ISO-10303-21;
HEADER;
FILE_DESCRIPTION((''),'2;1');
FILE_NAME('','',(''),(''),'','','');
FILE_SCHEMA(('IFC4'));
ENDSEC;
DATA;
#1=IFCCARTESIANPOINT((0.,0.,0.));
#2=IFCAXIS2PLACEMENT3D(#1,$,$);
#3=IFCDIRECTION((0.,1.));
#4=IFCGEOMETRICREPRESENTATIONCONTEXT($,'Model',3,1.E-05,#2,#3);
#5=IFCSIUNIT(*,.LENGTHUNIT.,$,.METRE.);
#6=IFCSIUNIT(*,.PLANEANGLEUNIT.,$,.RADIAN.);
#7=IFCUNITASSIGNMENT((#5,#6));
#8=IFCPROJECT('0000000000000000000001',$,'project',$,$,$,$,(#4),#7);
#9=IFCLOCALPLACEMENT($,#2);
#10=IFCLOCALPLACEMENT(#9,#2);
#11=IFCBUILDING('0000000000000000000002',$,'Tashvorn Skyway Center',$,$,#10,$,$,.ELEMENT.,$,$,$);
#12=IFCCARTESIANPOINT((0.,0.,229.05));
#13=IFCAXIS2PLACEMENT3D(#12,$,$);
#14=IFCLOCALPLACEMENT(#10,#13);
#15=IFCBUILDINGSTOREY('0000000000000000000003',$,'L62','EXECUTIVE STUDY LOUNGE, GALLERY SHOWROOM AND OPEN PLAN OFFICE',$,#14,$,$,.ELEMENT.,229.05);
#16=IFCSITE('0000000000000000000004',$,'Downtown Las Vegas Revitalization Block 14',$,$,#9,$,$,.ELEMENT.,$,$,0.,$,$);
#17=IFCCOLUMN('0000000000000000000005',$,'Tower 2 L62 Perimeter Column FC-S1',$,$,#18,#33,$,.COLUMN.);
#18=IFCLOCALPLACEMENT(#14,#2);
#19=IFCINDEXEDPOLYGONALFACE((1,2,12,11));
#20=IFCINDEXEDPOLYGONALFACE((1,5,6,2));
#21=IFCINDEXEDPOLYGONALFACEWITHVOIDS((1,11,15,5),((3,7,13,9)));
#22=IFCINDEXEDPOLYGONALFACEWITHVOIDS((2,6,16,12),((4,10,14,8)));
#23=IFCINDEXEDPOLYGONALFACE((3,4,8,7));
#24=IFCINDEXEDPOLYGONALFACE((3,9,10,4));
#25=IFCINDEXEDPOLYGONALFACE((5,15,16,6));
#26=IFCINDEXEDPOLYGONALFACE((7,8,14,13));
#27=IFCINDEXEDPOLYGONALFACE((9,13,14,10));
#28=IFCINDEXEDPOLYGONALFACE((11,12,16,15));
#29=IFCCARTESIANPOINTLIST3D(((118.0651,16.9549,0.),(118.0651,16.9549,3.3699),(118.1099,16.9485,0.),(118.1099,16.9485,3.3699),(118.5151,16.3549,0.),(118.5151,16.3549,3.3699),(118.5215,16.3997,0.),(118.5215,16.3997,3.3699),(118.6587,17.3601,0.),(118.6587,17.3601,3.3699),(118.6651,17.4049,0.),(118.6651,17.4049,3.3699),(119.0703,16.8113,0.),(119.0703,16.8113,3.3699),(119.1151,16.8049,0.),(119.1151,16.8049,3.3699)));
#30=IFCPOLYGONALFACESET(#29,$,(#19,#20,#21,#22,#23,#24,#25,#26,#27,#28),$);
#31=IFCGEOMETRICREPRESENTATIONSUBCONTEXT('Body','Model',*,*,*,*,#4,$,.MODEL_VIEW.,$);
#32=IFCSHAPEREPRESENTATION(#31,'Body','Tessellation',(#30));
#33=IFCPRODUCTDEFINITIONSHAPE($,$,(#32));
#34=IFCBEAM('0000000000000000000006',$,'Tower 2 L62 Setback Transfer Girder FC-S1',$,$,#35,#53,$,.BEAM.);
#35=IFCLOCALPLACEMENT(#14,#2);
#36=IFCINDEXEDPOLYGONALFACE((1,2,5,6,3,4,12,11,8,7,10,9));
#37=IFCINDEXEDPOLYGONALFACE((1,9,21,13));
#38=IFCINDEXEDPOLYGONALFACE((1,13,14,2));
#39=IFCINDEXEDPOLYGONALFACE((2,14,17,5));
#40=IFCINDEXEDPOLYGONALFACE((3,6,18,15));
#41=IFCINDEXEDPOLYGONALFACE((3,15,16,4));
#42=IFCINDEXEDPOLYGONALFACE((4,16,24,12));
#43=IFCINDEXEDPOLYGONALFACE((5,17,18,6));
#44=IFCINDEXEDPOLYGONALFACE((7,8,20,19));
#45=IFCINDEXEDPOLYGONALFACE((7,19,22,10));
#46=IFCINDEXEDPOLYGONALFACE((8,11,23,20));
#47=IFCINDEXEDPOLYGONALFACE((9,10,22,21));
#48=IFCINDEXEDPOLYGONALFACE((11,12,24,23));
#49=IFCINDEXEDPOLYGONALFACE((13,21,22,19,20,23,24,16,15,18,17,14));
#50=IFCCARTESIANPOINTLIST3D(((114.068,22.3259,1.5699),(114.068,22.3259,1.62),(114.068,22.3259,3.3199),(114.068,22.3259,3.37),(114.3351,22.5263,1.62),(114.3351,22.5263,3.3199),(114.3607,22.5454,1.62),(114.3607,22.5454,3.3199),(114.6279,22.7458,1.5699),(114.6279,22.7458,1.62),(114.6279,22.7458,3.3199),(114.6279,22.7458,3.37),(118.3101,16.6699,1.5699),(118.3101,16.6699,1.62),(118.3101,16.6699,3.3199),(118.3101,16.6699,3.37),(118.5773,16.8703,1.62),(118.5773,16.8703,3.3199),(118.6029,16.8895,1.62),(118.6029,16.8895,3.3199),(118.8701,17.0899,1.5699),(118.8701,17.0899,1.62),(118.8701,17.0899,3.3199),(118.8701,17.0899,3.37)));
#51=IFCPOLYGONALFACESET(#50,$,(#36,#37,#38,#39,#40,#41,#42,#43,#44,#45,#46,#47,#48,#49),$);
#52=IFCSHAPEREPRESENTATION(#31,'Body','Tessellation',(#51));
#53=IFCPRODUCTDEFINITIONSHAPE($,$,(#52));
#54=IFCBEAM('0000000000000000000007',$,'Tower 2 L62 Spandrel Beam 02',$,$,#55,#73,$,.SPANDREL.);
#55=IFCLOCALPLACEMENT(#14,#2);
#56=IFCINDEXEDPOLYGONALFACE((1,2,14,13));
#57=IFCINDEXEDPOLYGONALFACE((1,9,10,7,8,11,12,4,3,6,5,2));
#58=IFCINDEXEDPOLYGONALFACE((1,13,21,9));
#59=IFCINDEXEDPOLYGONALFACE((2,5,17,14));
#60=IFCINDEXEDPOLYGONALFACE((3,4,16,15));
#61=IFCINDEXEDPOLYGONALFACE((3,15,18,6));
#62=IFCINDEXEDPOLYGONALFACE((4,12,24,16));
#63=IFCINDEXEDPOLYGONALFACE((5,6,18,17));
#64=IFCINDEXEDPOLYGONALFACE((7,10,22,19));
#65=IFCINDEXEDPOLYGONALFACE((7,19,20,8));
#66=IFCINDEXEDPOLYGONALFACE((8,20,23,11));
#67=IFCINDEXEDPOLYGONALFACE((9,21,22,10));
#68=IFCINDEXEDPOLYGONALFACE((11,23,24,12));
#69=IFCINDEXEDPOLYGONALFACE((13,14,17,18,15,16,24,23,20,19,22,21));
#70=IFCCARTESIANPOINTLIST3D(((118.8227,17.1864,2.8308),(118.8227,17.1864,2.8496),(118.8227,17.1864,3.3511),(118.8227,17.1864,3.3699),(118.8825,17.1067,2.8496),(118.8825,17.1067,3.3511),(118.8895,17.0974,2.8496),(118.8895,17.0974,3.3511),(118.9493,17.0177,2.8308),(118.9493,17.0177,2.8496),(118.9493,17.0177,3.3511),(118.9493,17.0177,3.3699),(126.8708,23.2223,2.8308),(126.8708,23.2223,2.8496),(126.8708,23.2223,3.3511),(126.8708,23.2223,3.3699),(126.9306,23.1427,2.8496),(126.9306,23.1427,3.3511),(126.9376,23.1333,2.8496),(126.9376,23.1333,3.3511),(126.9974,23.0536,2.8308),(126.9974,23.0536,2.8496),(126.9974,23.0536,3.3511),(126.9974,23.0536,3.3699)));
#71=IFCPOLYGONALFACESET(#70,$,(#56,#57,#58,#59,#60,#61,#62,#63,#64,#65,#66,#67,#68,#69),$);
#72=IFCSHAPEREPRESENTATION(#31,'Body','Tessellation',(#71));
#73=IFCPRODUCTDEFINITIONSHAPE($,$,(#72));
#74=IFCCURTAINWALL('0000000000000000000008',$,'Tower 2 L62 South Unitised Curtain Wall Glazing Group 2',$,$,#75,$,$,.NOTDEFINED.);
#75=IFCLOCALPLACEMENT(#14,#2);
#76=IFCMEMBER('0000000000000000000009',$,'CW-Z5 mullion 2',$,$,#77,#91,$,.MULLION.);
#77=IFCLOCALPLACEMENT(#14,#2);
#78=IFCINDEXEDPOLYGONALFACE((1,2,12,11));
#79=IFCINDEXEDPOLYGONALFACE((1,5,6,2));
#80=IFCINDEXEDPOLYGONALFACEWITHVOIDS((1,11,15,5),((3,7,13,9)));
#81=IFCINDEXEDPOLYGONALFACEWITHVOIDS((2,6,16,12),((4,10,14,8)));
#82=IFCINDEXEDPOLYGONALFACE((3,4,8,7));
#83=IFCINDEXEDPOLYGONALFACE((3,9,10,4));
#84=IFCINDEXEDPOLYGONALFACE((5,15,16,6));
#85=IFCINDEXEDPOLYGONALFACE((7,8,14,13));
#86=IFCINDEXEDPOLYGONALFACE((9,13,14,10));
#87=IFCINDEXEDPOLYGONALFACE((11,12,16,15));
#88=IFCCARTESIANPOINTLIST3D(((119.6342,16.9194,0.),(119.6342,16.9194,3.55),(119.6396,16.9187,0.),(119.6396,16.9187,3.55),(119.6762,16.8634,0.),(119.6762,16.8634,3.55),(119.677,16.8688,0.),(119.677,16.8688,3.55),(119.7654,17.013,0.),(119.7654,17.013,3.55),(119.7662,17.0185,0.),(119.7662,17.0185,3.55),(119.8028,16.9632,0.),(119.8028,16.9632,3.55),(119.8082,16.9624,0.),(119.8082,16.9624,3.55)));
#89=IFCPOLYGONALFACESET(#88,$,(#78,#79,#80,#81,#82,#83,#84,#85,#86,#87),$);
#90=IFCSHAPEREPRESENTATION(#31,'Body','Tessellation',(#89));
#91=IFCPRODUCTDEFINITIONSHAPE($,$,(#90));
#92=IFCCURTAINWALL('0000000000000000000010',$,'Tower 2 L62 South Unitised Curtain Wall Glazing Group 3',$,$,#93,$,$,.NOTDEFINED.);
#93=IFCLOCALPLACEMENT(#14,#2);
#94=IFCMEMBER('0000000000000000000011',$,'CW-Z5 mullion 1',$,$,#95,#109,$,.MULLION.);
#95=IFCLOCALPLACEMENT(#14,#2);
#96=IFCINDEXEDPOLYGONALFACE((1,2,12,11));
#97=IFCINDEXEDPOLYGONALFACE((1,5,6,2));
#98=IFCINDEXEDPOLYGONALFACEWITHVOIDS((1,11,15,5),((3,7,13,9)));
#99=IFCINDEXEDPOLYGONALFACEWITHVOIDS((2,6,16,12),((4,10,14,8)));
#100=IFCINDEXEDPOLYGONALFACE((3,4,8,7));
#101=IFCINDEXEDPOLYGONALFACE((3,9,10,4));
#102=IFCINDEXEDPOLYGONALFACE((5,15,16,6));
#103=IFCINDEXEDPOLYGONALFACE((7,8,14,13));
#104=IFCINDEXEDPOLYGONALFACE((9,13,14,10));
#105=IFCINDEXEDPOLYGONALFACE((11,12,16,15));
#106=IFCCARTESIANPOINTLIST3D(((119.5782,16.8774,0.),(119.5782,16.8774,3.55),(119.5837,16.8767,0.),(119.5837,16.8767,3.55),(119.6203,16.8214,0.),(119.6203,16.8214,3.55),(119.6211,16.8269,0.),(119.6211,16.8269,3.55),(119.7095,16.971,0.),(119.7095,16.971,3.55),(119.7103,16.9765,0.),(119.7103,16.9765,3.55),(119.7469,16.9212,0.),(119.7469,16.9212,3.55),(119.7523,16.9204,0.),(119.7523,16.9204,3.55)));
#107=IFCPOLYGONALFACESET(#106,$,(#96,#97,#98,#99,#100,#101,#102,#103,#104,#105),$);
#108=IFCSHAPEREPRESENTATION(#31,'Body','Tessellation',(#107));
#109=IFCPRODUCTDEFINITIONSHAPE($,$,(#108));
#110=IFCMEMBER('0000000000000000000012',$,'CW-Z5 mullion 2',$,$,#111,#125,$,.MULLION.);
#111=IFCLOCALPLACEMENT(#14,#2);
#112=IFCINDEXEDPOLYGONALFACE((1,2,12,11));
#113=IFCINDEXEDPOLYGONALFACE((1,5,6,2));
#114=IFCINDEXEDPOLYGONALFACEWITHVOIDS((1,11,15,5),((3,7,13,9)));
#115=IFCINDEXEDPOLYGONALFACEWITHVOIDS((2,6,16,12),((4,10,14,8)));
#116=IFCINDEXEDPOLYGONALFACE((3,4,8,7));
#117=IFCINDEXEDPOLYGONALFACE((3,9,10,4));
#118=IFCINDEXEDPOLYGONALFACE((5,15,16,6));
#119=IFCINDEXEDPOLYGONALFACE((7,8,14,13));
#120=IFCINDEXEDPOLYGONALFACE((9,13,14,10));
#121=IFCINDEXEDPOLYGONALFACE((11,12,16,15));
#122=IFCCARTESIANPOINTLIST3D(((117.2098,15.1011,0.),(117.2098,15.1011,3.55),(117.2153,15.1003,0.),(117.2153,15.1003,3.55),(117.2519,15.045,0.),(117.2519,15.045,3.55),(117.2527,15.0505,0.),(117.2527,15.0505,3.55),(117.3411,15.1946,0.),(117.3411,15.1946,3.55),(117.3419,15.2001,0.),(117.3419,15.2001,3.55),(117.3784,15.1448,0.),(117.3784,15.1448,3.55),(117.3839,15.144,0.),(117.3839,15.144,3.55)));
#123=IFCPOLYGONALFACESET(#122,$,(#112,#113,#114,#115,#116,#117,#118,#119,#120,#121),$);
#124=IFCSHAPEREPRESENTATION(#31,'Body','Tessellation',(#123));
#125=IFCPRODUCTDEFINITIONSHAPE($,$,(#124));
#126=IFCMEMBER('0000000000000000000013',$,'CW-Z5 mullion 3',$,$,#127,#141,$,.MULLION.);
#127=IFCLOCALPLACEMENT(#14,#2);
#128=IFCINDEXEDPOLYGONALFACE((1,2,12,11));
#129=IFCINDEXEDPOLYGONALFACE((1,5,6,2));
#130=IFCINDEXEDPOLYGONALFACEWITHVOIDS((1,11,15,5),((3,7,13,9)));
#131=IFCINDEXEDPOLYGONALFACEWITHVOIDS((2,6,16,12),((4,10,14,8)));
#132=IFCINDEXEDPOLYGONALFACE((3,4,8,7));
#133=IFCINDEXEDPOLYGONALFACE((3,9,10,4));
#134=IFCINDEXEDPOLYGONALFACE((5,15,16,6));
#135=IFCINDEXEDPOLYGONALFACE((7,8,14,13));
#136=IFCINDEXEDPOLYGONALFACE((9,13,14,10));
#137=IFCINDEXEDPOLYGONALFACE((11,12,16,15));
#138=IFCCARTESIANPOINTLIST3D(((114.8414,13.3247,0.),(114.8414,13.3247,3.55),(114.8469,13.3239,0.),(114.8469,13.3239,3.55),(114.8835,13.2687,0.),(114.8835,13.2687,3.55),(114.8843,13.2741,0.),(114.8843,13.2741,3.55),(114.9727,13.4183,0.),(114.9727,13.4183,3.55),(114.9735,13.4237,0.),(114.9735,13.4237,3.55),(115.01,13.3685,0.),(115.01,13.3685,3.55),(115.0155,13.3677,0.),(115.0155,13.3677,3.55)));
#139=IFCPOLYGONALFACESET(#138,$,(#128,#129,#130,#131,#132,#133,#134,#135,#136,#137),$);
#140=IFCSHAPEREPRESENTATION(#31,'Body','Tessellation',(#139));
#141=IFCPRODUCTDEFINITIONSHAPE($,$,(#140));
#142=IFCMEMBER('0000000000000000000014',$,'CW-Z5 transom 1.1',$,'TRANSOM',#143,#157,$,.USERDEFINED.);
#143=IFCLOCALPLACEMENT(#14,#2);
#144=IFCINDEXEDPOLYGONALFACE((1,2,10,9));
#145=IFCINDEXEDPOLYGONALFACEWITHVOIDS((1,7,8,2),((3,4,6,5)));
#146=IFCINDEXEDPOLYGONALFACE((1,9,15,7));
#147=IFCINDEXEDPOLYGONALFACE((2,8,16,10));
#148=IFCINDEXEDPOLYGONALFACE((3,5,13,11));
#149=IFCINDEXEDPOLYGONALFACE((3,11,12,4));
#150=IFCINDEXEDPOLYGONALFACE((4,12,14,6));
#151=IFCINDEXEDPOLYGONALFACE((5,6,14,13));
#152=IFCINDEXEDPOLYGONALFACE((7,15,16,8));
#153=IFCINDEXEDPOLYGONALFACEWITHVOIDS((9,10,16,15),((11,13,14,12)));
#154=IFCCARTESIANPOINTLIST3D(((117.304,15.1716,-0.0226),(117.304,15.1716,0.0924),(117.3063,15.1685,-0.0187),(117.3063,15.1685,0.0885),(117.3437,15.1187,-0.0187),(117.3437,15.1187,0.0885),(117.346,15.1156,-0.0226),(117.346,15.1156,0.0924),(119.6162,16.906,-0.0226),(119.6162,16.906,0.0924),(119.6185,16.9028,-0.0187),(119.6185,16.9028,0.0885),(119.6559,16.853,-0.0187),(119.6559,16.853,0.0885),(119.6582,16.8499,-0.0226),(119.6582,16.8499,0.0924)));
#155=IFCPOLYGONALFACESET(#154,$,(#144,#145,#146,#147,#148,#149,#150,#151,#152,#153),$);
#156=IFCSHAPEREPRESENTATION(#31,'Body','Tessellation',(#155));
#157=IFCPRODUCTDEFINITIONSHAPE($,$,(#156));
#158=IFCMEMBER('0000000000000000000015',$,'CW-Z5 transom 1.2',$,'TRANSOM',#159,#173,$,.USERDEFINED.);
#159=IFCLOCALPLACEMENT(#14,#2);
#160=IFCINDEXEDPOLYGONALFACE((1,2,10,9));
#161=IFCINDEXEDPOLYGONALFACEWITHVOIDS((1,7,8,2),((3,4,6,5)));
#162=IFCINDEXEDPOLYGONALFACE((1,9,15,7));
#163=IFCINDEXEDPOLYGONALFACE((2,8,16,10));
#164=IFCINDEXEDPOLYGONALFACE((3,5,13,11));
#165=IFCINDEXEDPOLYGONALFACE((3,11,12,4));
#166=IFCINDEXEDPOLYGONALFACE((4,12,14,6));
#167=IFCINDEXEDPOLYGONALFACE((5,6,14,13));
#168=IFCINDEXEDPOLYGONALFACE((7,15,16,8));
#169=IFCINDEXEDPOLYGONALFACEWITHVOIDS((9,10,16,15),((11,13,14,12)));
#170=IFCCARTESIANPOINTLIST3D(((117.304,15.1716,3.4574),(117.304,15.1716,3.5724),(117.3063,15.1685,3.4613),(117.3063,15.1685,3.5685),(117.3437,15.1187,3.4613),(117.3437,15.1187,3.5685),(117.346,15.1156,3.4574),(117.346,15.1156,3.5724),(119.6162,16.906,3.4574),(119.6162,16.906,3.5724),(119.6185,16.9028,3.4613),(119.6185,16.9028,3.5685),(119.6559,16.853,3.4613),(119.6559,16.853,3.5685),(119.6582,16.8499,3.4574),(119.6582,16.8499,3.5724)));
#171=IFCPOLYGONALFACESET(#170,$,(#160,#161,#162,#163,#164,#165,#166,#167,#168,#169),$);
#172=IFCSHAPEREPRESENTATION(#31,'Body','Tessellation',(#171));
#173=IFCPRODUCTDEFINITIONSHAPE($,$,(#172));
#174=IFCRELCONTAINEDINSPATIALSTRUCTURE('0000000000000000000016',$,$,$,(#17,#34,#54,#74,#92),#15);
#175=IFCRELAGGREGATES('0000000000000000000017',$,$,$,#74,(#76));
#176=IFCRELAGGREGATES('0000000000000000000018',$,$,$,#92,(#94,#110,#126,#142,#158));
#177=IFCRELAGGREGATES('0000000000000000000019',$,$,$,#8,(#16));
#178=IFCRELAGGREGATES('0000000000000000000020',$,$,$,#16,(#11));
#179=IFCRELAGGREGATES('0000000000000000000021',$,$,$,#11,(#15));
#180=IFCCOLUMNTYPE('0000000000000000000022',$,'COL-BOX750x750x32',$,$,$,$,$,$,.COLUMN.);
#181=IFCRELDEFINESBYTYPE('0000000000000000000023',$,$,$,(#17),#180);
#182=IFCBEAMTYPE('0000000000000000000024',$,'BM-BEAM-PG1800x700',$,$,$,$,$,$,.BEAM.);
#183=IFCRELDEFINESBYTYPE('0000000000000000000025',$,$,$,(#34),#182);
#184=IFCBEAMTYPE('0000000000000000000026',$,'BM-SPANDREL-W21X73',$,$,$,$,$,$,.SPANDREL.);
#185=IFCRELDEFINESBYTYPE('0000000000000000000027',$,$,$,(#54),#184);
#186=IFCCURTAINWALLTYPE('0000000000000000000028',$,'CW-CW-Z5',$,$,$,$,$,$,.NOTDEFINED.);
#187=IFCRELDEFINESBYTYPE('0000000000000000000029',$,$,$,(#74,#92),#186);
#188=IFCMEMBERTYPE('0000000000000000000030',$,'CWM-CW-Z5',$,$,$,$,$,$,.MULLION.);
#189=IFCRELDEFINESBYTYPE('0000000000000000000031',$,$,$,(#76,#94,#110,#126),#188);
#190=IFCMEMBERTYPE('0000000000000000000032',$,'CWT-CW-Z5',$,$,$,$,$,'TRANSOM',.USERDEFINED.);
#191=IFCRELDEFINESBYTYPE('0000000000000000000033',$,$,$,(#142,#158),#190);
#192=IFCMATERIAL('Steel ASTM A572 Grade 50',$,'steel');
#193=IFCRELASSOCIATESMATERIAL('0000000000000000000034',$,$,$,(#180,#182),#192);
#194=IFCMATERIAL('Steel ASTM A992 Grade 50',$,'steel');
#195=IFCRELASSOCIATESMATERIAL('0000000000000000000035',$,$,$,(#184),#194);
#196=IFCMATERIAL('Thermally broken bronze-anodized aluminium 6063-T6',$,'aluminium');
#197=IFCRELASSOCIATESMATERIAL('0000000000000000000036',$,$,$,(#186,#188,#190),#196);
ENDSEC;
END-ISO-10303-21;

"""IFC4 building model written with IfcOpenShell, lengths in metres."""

from ifc_helpers import new_model, si_unit, direction, frame, origin, origin_2d, place, context, subcontext, project, spatial, hollow_rectangle, i_section, extrude, material, material_profile, profile_set, type_object, element, aggregate, save


model = new_model("IFC4")

# Units and contexts
model_context = context("Model", 3, precision=1e-05, world=origin(), true_north=direction((0.0, 1.0)))
body_context = subcontext(model_context, "Body", "Model", "MODEL_VIEW")
ifc_project = project(units=[si_unit("LENGTHUNIT", "METRE"), si_unit("PLANEANGLEUNIT", "RADIAN")], contexts=[model_context])

# Site, building, storey
site_placement = place(None, origin())
site = spatial("IfcSite", under=ifc_project, at=site_placement, Name="Downtown Las Vegas Revitalization Block 14", CompositionType="ELEMENT", RefElevation=0.0)
building_placement = place(site_placement, origin())
building = spatial("IfcBuilding", under=site, at=building_placement, Name="Tashvorn Skyway Center", CompositionType="ELEMENT")
storey_placement = place(building_placement, frame((0.0, 0.0, 229.05)))
storey = spatial("IfcBuildingStorey", under=building, at=storey_placement, Name="L62", Description="EXECUTIVE STUDY LOUNGE, GALLERY SHOWROOM AND OPEN PLAN OFFICE", CompositionType="ELEMENT", Elevation=229.05)

# Column
ifc_material_1 = material(Name="Steel ASTM A572 Grade 50", Category="steel")
ifc_material_profile_1 = material_profile(ifc_material_1, hollow_rectangle(XDim=0.75, YDim=0.75, WallThickness=0.032, at=origin_2d()), Name="BOX750x750x32")
ifc_profile_set_1 = profile_set([ifc_material_profile_1], Name="Steel ASTM A572 Grade 50")
column_type = type_object("IfcColumnType", Name="COL-BOX750x750x32", PredefinedType="COLUMN", material=ifc_profile_set_1)
column_placement = place(storey_placement, frame((118.5901, 16.8799, 0.0), z_axis=(0.0, 0.0, 1.0), x_axis=(0.8, 0.6, 0.0)))
element("IfcColumn", 1, at=column_placement, inside=storey, type_object=column_type, Name="Tower 2 L62 Perimeter Column FC-S1", PredefinedType="COLUMN", context=body_context, shape_type="SweptSolid", body=[
    extrude(hollow_rectangle(XDim=0.75, YDim=0.75, WallThickness=0.032, at=origin_2d()), origin(), (0.0, 0.0, 1.0), 3.3699),
])

# Beams
ifc_material_profile_2 = material_profile(ifc_material_1, i_section(OverallWidth=0.7, OverallDepth=1.8, WebThickness=0.032, FlangeThickness=0.05, at=origin_2d()), Name="PG1800x700")
ifc_profile_set_2 = profile_set([ifc_material_profile_2], Name="Steel ASTM A572 Grade 50")
beam_type_1 = type_object("IfcBeamType", Name="BM-BEAM-PG1800x700", PredefinedType="BEAM", material=ifc_profile_set_2)
beam_1_placement = place(storey_placement, frame((118.5901, 16.8799, 2.47), z_axis=(-0.600017, 0.799988, 0.0), x_axis=(-0.799988, -0.600017, 0.0)))
element("IfcBeam", 2, at=beam_1_placement, inside=storey, type_object=beam_type_1, Name="Tower 2 L62 Setback Transfer Girder FC-S1", PredefinedType="BEAM", context=body_context, shape_type="SweptSolid", body=[
    extrude(i_section(OverallWidth=0.7, OverallDepth=1.8, WebThickness=0.032, FlangeThickness=0.05, at=origin_2d()), origin(), (0.0, 0.0, 1.0), 7.0701),
])
ifc_material_2 = material(Name="Steel ASTM A992 Grade 50", Category="steel")
ifc_material_profile_3 = material_profile(ifc_material_2, i_section(OverallWidth=0.2109, OverallDepth=0.5391, WebThickness=0.0117, FlangeThickness=0.0188, at=origin_2d()), Name="W21X73")
ifc_profile_set_3 = profile_set([ifc_material_profile_3], Name="Steel ASTM A992 Grade 50")
beam_type_2 = type_object("IfcBeamType", Name="BM-SPANDREL-W21X73", PredefinedType="SPANDREL", material=ifc_profile_set_3)
beam_2_placement = place(storey_placement, frame((118.886, 17.1021, 3.1003), z_axis=(0.800009, 0.599988, 0.0), x_axis=(-0.599988, 0.800009, 0.0)))
element("IfcBeam", 3, at=beam_2_placement, inside=storey, type_object=beam_type_2, Name="Tower 2 L62 Spandrel Beam 02", PredefinedType="SPANDREL", context=body_context, shape_type="SweptSolid", body=[
    extrude(i_section(OverallWidth=0.2109, OverallDepth=0.5391, WebThickness=0.0117, FlangeThickness=0.0188, at=origin_2d()), origin(), (0.0, 0.0, 1.0), 10.0601),
])

# Curtain wall, member
ifc_material_3 = material(Name="Thermally broken bronze-anodized aluminium 6063-T6", Category="aluminium")
curtain_wall_type = type_object("IfcCurtainWallType", Name="CW-CW-Z5", PredefinedType="NOTDEFINED", material=ifc_material_3)
curtain_wall_1_placement = place(storey_placement, origin())
curtain_wall_1 = element("IfcCurtainWall", 4, at=curtain_wall_1_placement, inside=storey, type_object=curtain_wall_type, Name="Tower 2 L62 South Unitised Curtain Wall Glazing Group 2", PredefinedType="NOTDEFINED")
ifc_material_profile_4 = material_profile(ifc_material_3, hollow_rectangle(XDim=0.0701, YDim=0.165, WallThickness=0.0039, at=origin_2d()), Name="ALU-MULL-70x165")
ifc_profile_set_4 = profile_set([ifc_material_profile_4], Name="Thermally broken bronze-anodized aluminium 6063-T6")
member_type_1 = type_object("IfcMemberType", Name="CWM-CW-Z5", PredefinedType="MULLION", material=ifc_profile_set_4)
member_1_placement = place(storey_placement, frame((119.7212, 16.9409, 0.0), z_axis=(0.0, 0.0, 1.0), x_axis=(0.599996, -0.800003, 0.0)))
member_1 = element("IfcMember", 5, at=member_1_placement, type_object=member_type_1, Name="CW-Z5 mullion 2", PredefinedType="MULLION", context=body_context, shape_type="SweptSolid", body=[
    extrude(hollow_rectangle(XDim=0.0701, YDim=0.165, WallThickness=0.0039, at=origin_2d()), origin(), (0.0, 0.0, 1.0), 3.55),
])
aggregate(curtain_wall_1, [member_1])

# Curtain wall, members
curtain_wall_2_placement = place(storey_placement, origin())
curtain_wall_2 = element("IfcCurtainWall", 6, at=curtain_wall_2_placement, inside=storey, type_object=curtain_wall_type, Name="Tower 2 L62 South Unitised Curtain Wall Glazing Group 3", PredefinedType="NOTDEFINED")
member_2_placement = place(storey_placement, frame((119.6653, 16.8989, 0.0), z_axis=(0.0, 0.0, 1.0), x_axis=(0.600003, -0.799998, 0.0)))
member_2 = element("IfcMember", 7, at=member_2_placement, type_object=member_type_1, Name="CW-Z5 mullion 1", PredefinedType="MULLION", context=body_context, shape_type="SweptSolid", body=[
    extrude(hollow_rectangle(XDim=0.0701, YDim=0.165, WallThickness=0.0039, at=origin_2d()), origin(), (0.0, 0.0, 1.0), 3.55),
])
member_3_placement = place(storey_placement, frame((117.2969, 15.1226, 0.0), z_axis=(0.0, 0.0, 1.0), x_axis=(0.600003, -0.799998, 0.0)))
member_3 = element("IfcMember", 8, at=member_3_placement, type_object=member_type_1, Name="CW-Z5 mullion 2", PredefinedType="MULLION", context=body_context, shape_type="SweptSolid", body=[
    extrude(hollow_rectangle(XDim=0.0701, YDim=0.165, WallThickness=0.0039, at=origin_2d()), origin(), (0.0, 0.0, 1.0), 3.55),
])
member_4_placement = place(storey_placement, frame((114.9285, 13.3462, 0.0), z_axis=(0.0, 0.0, 1.0), x_axis=(0.600003, -0.799998, 0.0)))
member_4 = element("IfcMember", 9, at=member_4_placement, type_object=member_type_1, Name="CW-Z5 mullion 3", PredefinedType="MULLION", context=body_context, shape_type="SweptSolid", body=[
    extrude(hollow_rectangle(XDim=0.0701, YDim=0.165, WallThickness=0.0039, at=origin_2d()), origin(), (0.0, 0.0, 1.0), 3.55),
])
ifc_material_profile_5 = material_profile(ifc_material_3, hollow_rectangle(XDim=0.0701, YDim=0.115, WallThickness=0.0039, at=origin_2d()), Name="ALU-TRAN-70x115")
ifc_profile_set_5 = profile_set([ifc_material_profile_5], Name="Thermally broken bronze-anodized aluminium 6063-T6")
member_type_2 = type_object("IfcMemberType", Name="CWT-CW-Z5", ElementType="TRANSOM", PredefinedType="USERDEFINED", material=ifc_profile_set_5)
member_5_placement = place(storey_placement, frame((119.6372, 16.8779, 0.0349), z_axis=(-0.79997, -0.600041, 0.0), x_axis=(0.600041, -0.79997, 0.0)))
member_5 = element("IfcMember", 10, at=member_5_placement, type_object=member_type_2, Name="CW-Z5 transom 1.1", ObjectType="TRANSOM", PredefinedType="USERDEFINED", context=body_context, shape_type="SweptSolid", body=[
    extrude(hollow_rectangle(XDim=0.0701, YDim=0.115, WallThickness=0.0039, at=origin_2d()), origin(), (0.0, 0.0, 1.0), 2.8904),
])
member_6_placement = place(storey_placement, frame((119.6372, 16.8779, 3.5149), z_axis=(-0.79997, -0.600041, 0.0), x_axis=(0.600041, -0.79997, 0.0)))
member_6 = element("IfcMember", 11, at=member_6_placement, type_object=member_type_2, Name="CW-Z5 transom 1.2", ObjectType="TRANSOM", PredefinedType="USERDEFINED", context=body_context, shape_type="SweptSolid", body=[
    extrude(hollow_rectangle(XDim=0.0701, YDim=0.115, WallThickness=0.0039, at=origin_2d()), origin(), (0.0, 0.0, 1.0), 2.8904),
])
aggregate(curtain_wall_2, [member_2, member_3, member_4, member_5, member_6])

save(model, "model.ifc")
